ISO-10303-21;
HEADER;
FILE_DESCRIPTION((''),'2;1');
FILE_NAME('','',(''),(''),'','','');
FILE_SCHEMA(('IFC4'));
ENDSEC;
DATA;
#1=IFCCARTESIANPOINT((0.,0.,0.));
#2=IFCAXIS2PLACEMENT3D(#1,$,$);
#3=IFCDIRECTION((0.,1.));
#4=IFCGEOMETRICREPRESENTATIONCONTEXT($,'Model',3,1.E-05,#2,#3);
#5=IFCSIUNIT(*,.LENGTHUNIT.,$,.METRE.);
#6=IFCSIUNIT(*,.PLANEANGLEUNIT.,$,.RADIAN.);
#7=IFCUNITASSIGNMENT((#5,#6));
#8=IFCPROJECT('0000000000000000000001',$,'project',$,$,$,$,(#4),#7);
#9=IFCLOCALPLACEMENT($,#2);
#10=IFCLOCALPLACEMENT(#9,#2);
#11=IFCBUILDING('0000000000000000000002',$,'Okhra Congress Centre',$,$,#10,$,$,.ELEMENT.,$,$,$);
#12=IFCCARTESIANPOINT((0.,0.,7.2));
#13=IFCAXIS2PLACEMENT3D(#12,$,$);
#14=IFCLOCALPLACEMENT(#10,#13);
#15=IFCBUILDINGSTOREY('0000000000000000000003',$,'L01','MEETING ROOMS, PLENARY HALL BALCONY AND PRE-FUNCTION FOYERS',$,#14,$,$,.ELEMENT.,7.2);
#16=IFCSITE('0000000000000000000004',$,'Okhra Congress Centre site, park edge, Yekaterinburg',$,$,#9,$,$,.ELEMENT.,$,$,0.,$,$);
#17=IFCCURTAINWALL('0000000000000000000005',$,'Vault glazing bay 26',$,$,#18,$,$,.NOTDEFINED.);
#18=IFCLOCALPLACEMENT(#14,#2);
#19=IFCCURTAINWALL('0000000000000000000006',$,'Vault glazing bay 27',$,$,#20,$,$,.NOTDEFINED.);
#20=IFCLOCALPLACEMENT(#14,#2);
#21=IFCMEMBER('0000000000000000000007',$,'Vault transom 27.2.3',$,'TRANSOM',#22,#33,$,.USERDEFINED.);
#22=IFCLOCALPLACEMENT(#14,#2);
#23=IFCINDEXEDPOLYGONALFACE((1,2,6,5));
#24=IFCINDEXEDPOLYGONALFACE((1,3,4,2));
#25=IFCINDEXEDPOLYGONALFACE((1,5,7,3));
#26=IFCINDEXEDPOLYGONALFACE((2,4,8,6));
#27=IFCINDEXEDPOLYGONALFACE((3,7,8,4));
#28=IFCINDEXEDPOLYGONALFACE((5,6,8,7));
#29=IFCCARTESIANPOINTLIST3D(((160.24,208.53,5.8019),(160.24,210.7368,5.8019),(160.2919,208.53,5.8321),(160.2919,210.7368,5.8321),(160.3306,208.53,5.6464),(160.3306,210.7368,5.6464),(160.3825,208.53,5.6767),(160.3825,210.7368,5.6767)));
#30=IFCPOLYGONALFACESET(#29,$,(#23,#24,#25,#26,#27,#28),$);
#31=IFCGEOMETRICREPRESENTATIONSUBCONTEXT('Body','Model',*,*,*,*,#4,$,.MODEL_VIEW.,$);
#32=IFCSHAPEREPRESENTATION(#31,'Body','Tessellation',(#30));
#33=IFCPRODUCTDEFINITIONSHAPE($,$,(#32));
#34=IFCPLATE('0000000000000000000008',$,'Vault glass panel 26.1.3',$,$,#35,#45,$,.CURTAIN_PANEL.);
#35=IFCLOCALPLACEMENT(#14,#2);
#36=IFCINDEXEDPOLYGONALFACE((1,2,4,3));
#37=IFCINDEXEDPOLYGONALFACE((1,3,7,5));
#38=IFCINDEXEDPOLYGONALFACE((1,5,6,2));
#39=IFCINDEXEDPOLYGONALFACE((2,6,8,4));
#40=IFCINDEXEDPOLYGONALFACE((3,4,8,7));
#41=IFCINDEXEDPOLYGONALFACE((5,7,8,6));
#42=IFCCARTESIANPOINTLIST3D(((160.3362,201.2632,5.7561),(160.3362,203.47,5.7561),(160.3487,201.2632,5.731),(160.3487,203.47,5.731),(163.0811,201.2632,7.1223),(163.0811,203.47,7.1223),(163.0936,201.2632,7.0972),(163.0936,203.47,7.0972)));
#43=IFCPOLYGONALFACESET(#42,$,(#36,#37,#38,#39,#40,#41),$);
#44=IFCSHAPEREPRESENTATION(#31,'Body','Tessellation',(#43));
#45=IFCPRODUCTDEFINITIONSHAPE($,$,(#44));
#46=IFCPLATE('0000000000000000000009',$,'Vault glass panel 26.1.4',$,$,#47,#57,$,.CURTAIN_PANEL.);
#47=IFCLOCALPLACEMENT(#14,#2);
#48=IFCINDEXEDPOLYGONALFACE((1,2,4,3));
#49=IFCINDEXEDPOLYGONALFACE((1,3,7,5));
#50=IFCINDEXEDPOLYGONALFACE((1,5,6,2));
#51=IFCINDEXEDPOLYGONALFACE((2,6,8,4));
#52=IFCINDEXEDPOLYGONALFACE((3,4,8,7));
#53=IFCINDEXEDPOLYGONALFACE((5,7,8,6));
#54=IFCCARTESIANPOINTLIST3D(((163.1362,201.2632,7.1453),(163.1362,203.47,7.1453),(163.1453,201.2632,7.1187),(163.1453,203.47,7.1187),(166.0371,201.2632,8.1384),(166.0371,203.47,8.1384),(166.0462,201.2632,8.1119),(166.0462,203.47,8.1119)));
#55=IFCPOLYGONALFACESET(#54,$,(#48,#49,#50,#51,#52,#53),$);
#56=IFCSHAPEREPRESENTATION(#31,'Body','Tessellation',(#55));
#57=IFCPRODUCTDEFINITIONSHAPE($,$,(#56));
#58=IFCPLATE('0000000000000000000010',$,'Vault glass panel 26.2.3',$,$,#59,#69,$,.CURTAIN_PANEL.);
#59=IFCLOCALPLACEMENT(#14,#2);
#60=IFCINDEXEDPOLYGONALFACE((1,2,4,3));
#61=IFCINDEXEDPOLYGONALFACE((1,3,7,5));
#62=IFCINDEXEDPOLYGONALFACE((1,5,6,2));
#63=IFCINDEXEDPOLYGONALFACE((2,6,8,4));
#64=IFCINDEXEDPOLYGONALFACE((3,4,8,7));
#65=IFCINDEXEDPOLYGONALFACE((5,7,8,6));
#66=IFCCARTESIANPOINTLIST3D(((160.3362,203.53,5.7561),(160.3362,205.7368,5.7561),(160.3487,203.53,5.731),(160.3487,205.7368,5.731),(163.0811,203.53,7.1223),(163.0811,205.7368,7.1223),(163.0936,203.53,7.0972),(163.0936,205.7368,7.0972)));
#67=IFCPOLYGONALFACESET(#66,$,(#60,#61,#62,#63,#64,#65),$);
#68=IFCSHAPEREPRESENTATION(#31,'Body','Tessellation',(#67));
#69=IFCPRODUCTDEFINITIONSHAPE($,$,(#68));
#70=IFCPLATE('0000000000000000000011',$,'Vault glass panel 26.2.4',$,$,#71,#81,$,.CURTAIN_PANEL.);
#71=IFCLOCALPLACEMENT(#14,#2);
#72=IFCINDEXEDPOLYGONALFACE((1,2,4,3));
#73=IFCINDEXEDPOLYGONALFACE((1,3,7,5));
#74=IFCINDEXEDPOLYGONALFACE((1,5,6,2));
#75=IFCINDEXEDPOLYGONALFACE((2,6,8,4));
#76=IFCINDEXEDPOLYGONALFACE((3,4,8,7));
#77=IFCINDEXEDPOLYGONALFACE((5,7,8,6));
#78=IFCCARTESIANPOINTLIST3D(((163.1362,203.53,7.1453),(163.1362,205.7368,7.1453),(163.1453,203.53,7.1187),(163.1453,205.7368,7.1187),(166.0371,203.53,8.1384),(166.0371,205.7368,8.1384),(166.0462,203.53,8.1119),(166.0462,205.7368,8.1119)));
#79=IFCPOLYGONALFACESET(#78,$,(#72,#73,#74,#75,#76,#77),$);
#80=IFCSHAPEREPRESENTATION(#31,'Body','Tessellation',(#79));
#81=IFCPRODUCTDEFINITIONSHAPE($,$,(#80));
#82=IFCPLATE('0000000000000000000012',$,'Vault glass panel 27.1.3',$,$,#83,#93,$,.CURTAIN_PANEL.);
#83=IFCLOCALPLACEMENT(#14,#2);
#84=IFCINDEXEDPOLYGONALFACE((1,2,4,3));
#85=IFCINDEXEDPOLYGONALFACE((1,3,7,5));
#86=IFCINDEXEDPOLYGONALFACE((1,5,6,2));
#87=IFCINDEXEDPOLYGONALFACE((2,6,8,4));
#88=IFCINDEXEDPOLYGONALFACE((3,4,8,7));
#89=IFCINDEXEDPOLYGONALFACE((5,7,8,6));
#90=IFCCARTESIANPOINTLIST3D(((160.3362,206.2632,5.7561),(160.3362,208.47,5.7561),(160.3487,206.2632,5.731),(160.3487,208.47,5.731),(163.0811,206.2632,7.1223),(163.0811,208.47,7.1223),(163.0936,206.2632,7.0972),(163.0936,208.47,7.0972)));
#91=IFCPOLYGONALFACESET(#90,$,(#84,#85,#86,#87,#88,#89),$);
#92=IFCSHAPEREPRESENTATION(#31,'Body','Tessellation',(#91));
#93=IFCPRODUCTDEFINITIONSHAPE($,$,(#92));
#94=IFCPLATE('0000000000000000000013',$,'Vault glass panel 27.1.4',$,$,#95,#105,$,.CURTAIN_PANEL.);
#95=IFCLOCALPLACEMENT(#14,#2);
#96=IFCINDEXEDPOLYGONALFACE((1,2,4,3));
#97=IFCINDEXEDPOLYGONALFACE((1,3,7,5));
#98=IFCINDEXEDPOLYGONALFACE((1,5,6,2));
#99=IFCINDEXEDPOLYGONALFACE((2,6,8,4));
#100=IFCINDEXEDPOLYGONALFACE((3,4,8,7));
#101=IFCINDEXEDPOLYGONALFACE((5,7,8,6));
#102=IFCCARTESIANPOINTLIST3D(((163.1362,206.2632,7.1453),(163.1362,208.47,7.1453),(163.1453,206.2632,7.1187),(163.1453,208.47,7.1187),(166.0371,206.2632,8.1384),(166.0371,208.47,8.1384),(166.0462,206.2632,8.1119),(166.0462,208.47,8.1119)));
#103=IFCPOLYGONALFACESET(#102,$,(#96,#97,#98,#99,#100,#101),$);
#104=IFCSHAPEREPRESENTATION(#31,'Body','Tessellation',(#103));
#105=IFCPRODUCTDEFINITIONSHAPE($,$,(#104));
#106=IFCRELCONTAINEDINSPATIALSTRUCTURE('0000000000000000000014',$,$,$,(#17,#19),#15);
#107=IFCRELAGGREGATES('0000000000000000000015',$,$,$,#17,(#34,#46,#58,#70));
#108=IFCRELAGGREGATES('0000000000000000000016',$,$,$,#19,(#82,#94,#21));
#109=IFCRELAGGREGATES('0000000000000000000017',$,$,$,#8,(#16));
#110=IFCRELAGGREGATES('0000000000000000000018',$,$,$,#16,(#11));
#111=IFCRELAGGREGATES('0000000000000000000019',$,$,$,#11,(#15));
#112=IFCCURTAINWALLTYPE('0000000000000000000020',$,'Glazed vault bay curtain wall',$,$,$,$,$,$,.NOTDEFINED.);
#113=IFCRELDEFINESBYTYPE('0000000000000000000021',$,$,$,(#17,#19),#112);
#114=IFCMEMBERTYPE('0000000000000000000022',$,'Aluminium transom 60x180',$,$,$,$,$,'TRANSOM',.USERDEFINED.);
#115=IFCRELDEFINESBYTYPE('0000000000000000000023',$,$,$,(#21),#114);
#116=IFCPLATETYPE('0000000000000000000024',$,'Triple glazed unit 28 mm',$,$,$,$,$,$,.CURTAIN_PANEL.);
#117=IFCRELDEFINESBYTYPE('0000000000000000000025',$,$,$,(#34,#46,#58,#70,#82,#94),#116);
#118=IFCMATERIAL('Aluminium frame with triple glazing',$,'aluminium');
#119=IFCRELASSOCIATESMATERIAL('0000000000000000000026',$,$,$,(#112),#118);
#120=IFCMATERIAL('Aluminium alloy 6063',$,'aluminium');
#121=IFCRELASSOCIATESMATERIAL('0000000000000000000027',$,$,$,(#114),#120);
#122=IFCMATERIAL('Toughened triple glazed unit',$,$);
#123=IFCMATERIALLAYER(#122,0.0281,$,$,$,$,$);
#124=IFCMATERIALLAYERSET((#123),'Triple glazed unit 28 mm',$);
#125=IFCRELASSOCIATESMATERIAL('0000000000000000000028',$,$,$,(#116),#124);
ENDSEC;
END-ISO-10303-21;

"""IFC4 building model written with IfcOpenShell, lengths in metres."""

from ifc_helpers import new_model, si_unit, direction, frame, origin, origin_2d, place, context, subcontext, project, spatial, polyline, rectangle, outline, extrude, material, layer, layer_set, material_profile, profile_set, type_object, element, aggregate, save


model = new_model("IFC4")

# Units and contexts
model_context = context("Model", 3, precision=1e-05, world=origin(), true_north=direction((0.0, 1.0)))
body_context = subcontext(model_context, "Body", "Model", "MODEL_VIEW")
ifc_project = project(units=[si_unit("LENGTHUNIT", "METRE"), si_unit("PLANEANGLEUNIT", "RADIAN")], contexts=[model_context])

# Site, building, storey
site_placement = place(None, origin())
site = spatial("IfcSite", under=ifc_project, at=site_placement, Name="Okhra Congress Centre site, park edge, Yekaterinburg", CompositionType="ELEMENT", RefElevation=0.0)
building_placement = place(site_placement, origin())
building = spatial("IfcBuilding", under=site, at=building_placement, Name="Okhra Congress Centre", CompositionType="ELEMENT")
storey_placement = place(building_placement, frame((0.0, 0.0, 7.2)))
storey = spatial("IfcBuildingStorey", under=building, at=storey_placement, Name="L01", Description="MEETING ROOMS, PLENARY HALL BALCONY AND PRE-FUNCTION FOYERS", CompositionType="ELEMENT", Elevation=7.2)

# Curtain walls
ifc_material_1 = material(Name="Aluminium frame with triple glazing", Category="aluminium")
curtain_wall_type = type_object("IfcCurtainWallType", Name="Glazed vault bay curtain wall", PredefinedType="NOTDEFINED", material=ifc_material_1)
curtain_wall_1_placement = place(storey_placement, origin())
curtain_wall_1 = element("IfcCurtainWall", 1, at=curtain_wall_1_placement, inside=storey, type_object=curtain_wall_type, Name="Vault glazing bay 26", PredefinedType="NOTDEFINED")
ifc_material_2 = material(Name="Aluminium alloy 6063", Category="aluminium")
curtain_wall_2_placement = place(storey_placement, origin())
curtain_wall_2 = element("IfcCurtainWall", 2, at=curtain_wall_2_placement, inside=storey, type_object=curtain_wall_type, Name="Vault glazing bay 27", PredefinedType="NOTDEFINED")

# Member
ifc_material_profile_1 = material_profile(ifc_material_2, rectangle(XDim=0.0601, YDim=0.1799, at=origin_2d()), Name="AL 60x180 transom")
ifc_profile_set_1 = profile_set([ifc_material_profile_1], Name="Aluminium alloy 6063")
member_type_1 = type_object("IfcMemberType", Name="Aluminium transom 60x180", ElementType="TRANSOM", PredefinedType="USERDEFINED", material=ifc_profile_set_1)
member_1_placement = place(storey_placement, frame((160.3113, 208.53, 5.7393), z_axis=(0.0, 1.0, 0.0), x_axis=(-0.863917, 0.0, -0.503634)))
member_1 = element("IfcMember", 3, at=member_1_placement, type_object=member_type_1, Name="Vault transom 27.2.3", ObjectType="TRANSOM", PredefinedType="USERDEFINED", context=body_context, shape_type="SweptSolid", body=[
    extrude(rectangle(XDim=0.0601, YDim=0.1799, at=origin_2d()), origin(), (0.0, 0.0, 1.0), 2.2068),
])

# Plates
ifc_material_3 = material(Name="Toughened triple glazed unit")
ifc_layer = layer(ifc_material_3, 0.0281)
ifc_layer_set = layer_set([ifc_layer], Name="Triple glazed unit 28 mm")
plate_type = type_object("IfcPlateType", Name="Triple glazed unit 28 mm", PredefinedType="CURTAIN_PANEL", material=ifc_layer_set)
plate_1_placement = place(storey_placement, frame((160.3362, 201.2632, 5.7561), z_axis=(-0.445588, 0.0, 0.895238), x_axis=(0.895238, 0.0, 0.445588)))
plate_1 = element("IfcPlate", 4, at=plate_1_placement, type_object=plate_type, Name="Vault glass panel 26.1.3", PredefinedType="CURTAIN_PANEL", context=body_context, shape_type="SweptSolid", body=[
    extrude(outline(polyline([(0.0, 0.0), (3.0661, 0.0), (3.0661, 2.2068), (0.0, 2.2068), (0.0, 0.0)])), origin(), (0.0, 0.0, -1.0), 0.0281),
])
plate_2_placement = place(storey_placement, frame((163.1362, 201.2632, 7.1453), z_axis=(-0.323909, 0.0, 0.946088), x_axis=(0.946088, 0.0, 0.323909)))
plate_2 = element("IfcPlate", 5, at=plate_2_placement, type_object=plate_type, Name="Vault glass panel 26.1.4", PredefinedType="CURTAIN_PANEL", context=body_context, shape_type="SweptSolid", body=[
    extrude(outline(polyline([(0.0, 0.0), (3.0662, 0.0), (3.0662, 2.2068), (0.0, 2.2068), (0.0, 0.0)])), origin(), (0.0, 0.0, -1.0), 0.0281),
])
plate_3_placement = place(storey_placement, frame((160.3362, 203.53, 5.7561), z_axis=(-0.445588, 0.0, 0.895238), x_axis=(0.895238, 0.0, 0.445588)))
plate_3 = element("IfcPlate", 6, at=plate_3_placement, type_object=plate_type, Name="Vault glass panel 26.2.3", PredefinedType="CURTAIN_PANEL", context=body_context, shape_type="SweptSolid", body=[
    extrude(outline(polyline([(0.0, 0.0), (3.0661, 0.0), (3.0661, 2.2068), (0.0, 2.2068), (0.0, 0.0)])), origin(), (0.0, 0.0, -1.0), 0.0281),
])
plate_4_placement = place(storey_placement, frame((163.1362, 203.53, 7.1453), z_axis=(-0.323909, 0.0, 0.946088), x_axis=(0.946088, 0.0, 0.323909)))
plate_4 = element("IfcPlate", 7, at=plate_4_placement, type_object=plate_type, Name="Vault glass panel 26.2.4", PredefinedType="CURTAIN_PANEL", context=body_context, shape_type="SweptSolid", body=[
    extrude(outline(polyline([(0.0, 0.0), (3.0662, 0.0), (3.0662, 2.2068), (0.0, 2.2068), (0.0, 0.0)])), origin(), (0.0, 0.0, -1.0), 0.0281),
])
aggregate(curtain_wall_1, [plate_1, plate_2, plate_3, plate_4])
plate_5_placement = place(storey_placement, frame((160.3362, 206.2632, 5.7561), z_axis=(-0.445588, 0.0, 0.895238), x_axis=(0.895238, 0.0, 0.445588)))
plate_5 = element("IfcPlate", 8, at=plate_5_placement, type_object=plate_type, Name="Vault glass panel 27.1.3", PredefinedType="CURTAIN_PANEL", context=body_context, shape_type="SweptSolid", body=[
    extrude(outline(polyline([(0.0, 0.0), (3.0661, 0.0), (3.0661, 2.2068), (0.0, 2.2068), (0.0, 0.0)])), origin(), (0.0, 0.0, -1.0), 0.0281),
])
plate_6_placement = place(storey_placement, frame((163.1362, 206.2632, 7.1453), z_axis=(-0.323909, 0.0, 0.946088), x_axis=(0.946088, 0.0, 0.323909)))
plate_6 = element("IfcPlate", 9, at=plate_6_placement, type_object=plate_type, Name="Vault glass panel 27.1.4", PredefinedType="CURTAIN_PANEL", context=body_context, shape_type="SweptSolid", body=[
    extrude(outline(polyline([(0.0, 0.0), (3.0662, 0.0), (3.0662, 2.2068), (0.0, 2.2068), (0.0, 0.0)])), origin(), (0.0, 0.0, -1.0), 0.0281),
])
aggregate(curtain_wall_2, [plate_5, plate_6, member_1])

save(model, "model.ifc")
